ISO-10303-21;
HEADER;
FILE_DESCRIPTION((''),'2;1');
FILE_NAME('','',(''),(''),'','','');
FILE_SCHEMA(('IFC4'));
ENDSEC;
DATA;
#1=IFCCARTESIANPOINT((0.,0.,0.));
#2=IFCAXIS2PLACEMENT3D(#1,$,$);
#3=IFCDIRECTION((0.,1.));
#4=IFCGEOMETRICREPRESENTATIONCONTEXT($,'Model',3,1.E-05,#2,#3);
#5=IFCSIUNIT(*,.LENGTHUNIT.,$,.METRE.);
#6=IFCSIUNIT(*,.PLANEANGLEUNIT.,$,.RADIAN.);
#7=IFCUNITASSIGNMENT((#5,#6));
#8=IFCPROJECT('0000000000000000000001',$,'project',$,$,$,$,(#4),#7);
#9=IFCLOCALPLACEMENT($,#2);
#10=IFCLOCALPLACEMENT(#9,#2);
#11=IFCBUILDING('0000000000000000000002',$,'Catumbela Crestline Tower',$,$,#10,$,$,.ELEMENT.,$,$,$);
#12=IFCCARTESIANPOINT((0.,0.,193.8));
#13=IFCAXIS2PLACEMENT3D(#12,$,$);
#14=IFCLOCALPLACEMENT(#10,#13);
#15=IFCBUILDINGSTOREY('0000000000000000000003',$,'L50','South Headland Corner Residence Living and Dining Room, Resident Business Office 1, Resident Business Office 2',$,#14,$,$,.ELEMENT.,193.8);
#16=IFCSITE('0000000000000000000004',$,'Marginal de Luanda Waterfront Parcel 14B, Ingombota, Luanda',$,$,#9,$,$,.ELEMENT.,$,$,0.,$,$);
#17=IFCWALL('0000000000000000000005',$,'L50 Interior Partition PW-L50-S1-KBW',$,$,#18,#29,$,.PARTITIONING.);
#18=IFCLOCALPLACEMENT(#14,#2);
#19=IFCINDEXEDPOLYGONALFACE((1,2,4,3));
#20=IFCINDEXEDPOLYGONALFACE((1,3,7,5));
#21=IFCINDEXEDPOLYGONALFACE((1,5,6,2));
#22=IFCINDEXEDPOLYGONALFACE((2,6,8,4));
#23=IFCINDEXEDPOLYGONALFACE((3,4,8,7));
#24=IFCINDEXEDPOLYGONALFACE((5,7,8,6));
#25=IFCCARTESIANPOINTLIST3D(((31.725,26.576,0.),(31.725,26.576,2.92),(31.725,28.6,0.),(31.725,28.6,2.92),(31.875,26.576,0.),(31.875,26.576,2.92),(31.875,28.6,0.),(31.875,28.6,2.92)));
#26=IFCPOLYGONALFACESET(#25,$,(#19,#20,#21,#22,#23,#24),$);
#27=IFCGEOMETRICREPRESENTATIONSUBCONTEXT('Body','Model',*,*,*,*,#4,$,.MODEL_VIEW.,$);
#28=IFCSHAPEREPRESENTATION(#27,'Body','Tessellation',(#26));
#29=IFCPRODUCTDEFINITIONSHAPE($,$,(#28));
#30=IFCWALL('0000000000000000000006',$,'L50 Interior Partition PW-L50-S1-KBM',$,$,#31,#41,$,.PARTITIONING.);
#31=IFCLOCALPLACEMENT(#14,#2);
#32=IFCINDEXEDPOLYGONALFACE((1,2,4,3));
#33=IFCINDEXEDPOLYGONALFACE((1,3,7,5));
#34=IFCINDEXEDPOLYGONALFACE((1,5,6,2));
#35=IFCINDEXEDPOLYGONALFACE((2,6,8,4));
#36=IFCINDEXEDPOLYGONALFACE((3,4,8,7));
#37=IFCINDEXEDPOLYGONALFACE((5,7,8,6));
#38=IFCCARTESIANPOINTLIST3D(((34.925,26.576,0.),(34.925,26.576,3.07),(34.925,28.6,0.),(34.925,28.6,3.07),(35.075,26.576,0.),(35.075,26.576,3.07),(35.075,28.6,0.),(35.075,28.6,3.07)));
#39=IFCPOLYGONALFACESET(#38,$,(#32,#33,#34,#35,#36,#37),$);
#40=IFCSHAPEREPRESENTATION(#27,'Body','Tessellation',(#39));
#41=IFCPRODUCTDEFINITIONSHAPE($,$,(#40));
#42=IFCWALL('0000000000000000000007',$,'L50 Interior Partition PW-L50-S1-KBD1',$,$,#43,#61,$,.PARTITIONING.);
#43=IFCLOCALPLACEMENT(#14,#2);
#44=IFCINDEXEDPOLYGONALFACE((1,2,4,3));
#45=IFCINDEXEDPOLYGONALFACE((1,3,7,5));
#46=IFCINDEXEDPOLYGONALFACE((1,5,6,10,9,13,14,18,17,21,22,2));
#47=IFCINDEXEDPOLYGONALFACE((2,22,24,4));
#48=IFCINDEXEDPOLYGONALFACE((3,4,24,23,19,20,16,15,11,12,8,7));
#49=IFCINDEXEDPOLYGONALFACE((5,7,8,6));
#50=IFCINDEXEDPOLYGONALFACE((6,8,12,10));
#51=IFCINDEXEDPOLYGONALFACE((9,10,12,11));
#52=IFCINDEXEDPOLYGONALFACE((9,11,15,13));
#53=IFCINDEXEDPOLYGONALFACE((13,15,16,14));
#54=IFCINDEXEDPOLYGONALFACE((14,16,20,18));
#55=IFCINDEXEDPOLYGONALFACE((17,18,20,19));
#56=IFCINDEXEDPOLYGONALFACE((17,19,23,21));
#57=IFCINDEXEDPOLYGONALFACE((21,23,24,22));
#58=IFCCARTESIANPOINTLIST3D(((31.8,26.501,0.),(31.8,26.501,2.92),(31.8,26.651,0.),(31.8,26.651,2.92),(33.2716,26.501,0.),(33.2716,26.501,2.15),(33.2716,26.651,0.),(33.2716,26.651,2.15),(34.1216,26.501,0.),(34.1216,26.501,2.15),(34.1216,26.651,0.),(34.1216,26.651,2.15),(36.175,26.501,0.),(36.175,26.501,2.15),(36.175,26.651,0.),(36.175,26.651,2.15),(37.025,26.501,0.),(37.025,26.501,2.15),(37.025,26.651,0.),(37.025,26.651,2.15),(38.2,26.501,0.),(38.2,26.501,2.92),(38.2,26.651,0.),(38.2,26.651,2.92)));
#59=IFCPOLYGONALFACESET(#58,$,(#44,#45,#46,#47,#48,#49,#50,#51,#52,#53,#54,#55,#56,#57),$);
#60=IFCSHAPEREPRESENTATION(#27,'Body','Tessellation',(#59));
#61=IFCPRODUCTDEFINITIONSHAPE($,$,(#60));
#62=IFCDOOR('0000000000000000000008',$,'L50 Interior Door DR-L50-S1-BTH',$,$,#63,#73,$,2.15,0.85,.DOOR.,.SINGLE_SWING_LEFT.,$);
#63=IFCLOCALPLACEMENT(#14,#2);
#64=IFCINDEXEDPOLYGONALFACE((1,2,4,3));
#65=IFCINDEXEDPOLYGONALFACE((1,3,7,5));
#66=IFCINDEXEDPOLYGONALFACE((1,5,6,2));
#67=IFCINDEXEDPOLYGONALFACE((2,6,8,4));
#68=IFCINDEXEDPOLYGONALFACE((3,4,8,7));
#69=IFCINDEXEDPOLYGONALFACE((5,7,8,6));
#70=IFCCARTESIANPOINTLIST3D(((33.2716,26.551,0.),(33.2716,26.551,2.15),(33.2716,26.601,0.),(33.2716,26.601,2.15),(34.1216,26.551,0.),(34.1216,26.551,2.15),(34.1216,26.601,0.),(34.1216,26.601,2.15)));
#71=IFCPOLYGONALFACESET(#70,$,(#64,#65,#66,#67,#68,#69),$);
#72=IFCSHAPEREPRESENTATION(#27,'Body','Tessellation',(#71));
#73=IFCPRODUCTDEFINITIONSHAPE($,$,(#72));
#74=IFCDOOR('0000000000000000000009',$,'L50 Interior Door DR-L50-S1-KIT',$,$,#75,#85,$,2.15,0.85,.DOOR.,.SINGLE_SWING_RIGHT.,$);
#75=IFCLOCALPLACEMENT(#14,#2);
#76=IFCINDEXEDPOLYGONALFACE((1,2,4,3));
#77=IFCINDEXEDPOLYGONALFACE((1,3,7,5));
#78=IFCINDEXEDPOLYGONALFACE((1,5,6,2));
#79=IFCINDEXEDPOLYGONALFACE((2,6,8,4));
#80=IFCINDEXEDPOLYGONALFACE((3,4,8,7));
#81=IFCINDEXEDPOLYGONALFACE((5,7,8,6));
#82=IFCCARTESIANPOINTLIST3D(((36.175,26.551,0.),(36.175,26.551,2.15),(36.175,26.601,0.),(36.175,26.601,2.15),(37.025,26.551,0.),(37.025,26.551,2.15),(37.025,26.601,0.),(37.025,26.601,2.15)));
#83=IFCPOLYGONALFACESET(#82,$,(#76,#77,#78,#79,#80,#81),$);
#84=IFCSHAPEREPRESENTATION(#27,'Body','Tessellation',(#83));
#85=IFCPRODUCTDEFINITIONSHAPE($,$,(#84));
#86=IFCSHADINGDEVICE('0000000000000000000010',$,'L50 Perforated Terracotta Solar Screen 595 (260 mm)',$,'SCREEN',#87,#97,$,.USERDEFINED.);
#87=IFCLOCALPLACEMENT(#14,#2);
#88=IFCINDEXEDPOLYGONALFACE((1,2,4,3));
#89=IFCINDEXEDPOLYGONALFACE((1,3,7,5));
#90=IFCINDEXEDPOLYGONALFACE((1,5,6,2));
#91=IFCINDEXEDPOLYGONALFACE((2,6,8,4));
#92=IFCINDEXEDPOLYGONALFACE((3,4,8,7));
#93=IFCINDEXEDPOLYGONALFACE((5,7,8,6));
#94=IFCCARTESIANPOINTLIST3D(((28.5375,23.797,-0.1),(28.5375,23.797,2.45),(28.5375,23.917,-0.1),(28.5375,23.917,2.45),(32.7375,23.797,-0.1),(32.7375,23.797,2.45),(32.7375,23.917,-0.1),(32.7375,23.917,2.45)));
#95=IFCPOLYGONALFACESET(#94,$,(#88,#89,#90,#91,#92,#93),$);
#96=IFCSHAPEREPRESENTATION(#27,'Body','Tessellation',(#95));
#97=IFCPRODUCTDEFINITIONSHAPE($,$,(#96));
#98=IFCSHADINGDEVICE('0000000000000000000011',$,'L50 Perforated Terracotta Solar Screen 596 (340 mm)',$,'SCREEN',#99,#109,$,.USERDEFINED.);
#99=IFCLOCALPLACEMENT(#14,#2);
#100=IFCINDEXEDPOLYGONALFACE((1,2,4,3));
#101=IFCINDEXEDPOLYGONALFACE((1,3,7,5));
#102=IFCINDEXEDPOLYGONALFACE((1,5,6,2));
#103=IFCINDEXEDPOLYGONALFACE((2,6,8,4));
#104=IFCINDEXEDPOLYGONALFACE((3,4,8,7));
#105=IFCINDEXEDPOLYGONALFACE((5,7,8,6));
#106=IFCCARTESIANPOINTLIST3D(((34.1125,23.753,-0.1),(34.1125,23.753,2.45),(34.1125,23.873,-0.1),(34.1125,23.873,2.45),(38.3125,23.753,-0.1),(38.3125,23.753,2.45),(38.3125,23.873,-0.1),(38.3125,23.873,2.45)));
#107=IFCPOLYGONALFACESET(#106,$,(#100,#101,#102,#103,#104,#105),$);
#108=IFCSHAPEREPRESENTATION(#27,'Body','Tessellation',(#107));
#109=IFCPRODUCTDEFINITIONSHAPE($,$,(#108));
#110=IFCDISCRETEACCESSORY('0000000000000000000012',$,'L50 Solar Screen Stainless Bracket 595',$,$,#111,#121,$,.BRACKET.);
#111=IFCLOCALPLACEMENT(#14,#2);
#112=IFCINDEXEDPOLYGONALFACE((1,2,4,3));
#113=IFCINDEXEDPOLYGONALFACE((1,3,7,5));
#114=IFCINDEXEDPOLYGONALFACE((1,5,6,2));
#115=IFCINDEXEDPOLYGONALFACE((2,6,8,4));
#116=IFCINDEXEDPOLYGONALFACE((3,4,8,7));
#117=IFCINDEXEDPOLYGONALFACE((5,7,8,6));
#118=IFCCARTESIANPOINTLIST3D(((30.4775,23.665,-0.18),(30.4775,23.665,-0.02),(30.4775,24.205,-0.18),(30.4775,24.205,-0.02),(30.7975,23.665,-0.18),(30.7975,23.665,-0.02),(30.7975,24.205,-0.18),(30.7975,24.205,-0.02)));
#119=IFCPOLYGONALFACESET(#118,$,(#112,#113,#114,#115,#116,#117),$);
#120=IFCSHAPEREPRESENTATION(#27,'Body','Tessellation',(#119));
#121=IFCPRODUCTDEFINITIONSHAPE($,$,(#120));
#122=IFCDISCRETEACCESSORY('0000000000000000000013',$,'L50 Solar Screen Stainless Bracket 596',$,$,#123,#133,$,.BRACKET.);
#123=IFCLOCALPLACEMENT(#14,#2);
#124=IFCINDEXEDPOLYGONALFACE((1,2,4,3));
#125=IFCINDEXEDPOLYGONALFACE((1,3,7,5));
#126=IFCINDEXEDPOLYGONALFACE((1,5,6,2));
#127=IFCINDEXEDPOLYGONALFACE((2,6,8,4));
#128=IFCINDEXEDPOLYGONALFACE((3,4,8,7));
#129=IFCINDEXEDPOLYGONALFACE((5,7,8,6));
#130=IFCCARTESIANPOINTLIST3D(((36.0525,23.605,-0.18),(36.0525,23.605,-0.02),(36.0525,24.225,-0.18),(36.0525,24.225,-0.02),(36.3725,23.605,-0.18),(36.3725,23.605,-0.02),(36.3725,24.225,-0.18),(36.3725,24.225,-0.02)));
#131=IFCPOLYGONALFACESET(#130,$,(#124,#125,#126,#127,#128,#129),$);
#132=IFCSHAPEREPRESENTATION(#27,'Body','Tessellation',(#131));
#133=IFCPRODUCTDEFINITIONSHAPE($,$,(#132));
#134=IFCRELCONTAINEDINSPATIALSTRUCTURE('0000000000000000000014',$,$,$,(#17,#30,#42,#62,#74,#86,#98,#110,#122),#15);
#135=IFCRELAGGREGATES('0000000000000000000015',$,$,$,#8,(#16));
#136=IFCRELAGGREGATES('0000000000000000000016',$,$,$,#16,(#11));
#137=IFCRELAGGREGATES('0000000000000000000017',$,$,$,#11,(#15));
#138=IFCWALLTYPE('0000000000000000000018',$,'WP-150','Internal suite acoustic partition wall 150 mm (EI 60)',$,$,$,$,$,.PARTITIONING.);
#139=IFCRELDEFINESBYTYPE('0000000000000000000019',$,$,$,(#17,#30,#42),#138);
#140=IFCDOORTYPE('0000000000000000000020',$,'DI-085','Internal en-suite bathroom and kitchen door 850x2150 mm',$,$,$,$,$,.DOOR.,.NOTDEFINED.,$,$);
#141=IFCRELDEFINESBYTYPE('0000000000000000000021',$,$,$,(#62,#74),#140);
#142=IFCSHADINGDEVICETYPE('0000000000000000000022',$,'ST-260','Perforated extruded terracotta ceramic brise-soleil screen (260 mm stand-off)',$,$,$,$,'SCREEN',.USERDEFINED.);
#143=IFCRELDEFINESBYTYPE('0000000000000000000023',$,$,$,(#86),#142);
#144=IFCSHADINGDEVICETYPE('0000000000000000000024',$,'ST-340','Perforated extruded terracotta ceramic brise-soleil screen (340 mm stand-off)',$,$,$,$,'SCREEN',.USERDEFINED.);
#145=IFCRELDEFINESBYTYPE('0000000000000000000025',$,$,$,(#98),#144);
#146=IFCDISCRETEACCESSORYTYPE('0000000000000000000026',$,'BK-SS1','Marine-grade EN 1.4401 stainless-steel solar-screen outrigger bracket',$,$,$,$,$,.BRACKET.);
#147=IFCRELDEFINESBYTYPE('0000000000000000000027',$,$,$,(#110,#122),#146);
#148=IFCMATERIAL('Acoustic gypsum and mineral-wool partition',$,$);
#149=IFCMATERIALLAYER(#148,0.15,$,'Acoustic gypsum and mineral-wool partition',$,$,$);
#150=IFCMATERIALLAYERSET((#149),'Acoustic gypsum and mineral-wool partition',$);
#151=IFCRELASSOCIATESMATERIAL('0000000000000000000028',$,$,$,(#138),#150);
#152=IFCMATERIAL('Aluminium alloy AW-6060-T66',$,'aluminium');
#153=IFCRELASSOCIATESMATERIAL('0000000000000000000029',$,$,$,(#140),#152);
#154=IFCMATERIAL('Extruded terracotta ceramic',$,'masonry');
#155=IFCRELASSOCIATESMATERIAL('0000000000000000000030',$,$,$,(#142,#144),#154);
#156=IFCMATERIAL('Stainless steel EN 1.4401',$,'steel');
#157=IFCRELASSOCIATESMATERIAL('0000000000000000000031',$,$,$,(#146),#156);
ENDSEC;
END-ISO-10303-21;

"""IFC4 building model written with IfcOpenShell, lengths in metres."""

from ifc_helpers import new_model, si_unit, direction, frame, frame_2d, origin, origin_2d, place, context, subcontext, project, spatial, rectangle, extrude, material, layer, layer_set, type_object, element, fill, save


model = new_model("IFC4")

# Units and contexts
model_context = context("Model", 3, precision=1e-05, world=origin(), true_north=direction((0.0, 1.0)))
body_context = subcontext(model_context, "Body", "Model", "MODEL_VIEW")
ifc_project = project(units=[si_unit("LENGTHUNIT", "METRE"), si_unit("PLANEANGLEUNIT", "RADIAN")], contexts=[model_context])

# Site, building, storey
site_placement = place(None, origin())
site = spatial("IfcSite", under=ifc_project, at=site_placement, Name="Marginal de Luanda Waterfront Parcel 14B, Ingombota, Luanda", CompositionType="ELEMENT", RefElevation=0.0)
building_placement = place(site_placement, origin())
building = spatial("IfcBuilding", under=site, at=building_placement, Name="Catumbela Crestline Tower", CompositionType="ELEMENT")
storey_placement = place(building_placement, frame((0.0, 0.0, 193.8)))
storey = spatial("IfcBuildingStorey", under=building, at=storey_placement, Name="L50", Description="South Headland Corner Residence Living and Dining Room, Resident Business Office 1, Resident Business Office 2", CompositionType="ELEMENT", Elevation=193.8)

# Shared definitions
ifc_material_1 = material(Name="Aluminium alloy AW-6060-T66", Category="aluminium")

# Walls
ifc_material_2 = material(Name="Acoustic gypsum and mineral-wool partition")
ifc_layer_1 = layer(ifc_material_2, 0.15, Name="Acoustic gypsum and mineral-wool partition")
ifc_layer_set_1 = layer_set([ifc_layer_1], Name="Acoustic gypsum and mineral-wool partition")
wall_type = type_object("IfcWallType", Name="WP-150", Description="Internal suite acoustic partition wall 150 mm (EI 60)", PredefinedType="PARTITIONING", material=ifc_layer_set_1)
wall_1_placement = place(storey_placement, frame((31.8, 26.576, 0.0), z_axis=(0.0, 0.0, 1.0), x_axis=(0.0, 1.0, 0.0)))
element("IfcWall", 1, at=wall_1_placement, inside=storey, type_object=wall_type, Name="L50 Interior Partition PW-L50-S1-KBW", PredefinedType="PARTITIONING", context=body_context, shape_type="SweptSolid", body=[
    extrude(rectangle(XDim=2.024, YDim=0.15, at=frame_2d((1.012, 0.0))), origin(), (0.0, 0.0, 1.0), 2.92),
])
wall_2_placement = place(storey_placement, frame((35.0, 26.576, 0.0), z_axis=(0.0, 0.0, 1.0), x_axis=(0.0, 1.0, 0.0)))
element("IfcWall", 2, at=wall_2_placement, inside=storey, type_object=wall_type, Name="L50 Interior Partition PW-L50-S1-KBM", PredefinedType="PARTITIONING", context=body_context, shape_type="SweptSolid", body=[
    extrude(rectangle(XDim=2.024, YDim=0.15, at=frame_2d((1.012, 0.0))), origin(), (0.0, 0.0, 1.0), 3.07),
])

# Wall, openings, doors
wall_3_placement = place(storey_placement, frame((31.8, 26.576, 0.0), z_axis=(0.0, 0.0, 1.0), x_axis=(1.0, 0.0, 0.0)))
wall_3 = element("IfcWall", 3, at=wall_3_placement, inside=storey, type_object=wall_type, Name="L50 Interior Partition PW-L50-S1-KBD1", PredefinedType="PARTITIONING", context=body_context, shape_type="SweptSolid", body=[
    extrude(rectangle(XDim=6.4, YDim=0.15, at=frame_2d((3.2, 0.0))), origin(), (0.0, 0.0, 1.0), 2.92),
])
opening_1_placement = place(wall_3_placement, frame((1.4716, 0.0, 0.0)))
opening_1 = element("IfcOpeningElement", 4, at=opening_1_placement, cuts=wall_3, PredefinedType="OPENING", context=body_context, shape_type="SweptSolid", body=[
    extrude(rectangle(XDim=0.85, YDim=2.15, at=frame_2d((0.425, 1.075))), frame((0.0, 0.085, 0.0), z_axis=(0.0, -1.0, 0.0), x_axis=(1.0, 0.0, 0.0)), (0.0, 0.0, 1.0), 0.17),
])
opening_2_placement = place(wall_3_placement, frame((4.375, 0.0, 0.0)))
opening_2 = element("IfcOpeningElement", 5, at=opening_2_placement, cuts=wall_3, PredefinedType="OPENING", context=body_context, shape_type="SweptSolid", body=[
    extrude(rectangle(XDim=0.85, YDim=2.15, at=frame_2d((0.425, 1.075))), frame((0.0, 0.085, 0.0), z_axis=(0.0, -1.0, 0.0), x_axis=(1.0, 0.0, 0.0)), (0.0, 0.0, 1.0), 0.17),
])
door_type = type_object("IfcDoorType", Name="DI-085", Description="Internal en-suite bathroom and kitchen door 850x2150 mm", OperationType="NOTDEFINED", PredefinedType="DOOR", material=ifc_material_1)
door_1_placement = place(opening_1_placement, origin())
door_1 = element("IfcDoor", 6, at=door_1_placement, inside=storey, type_object=door_type, Name="L50 Interior Door DR-L50-S1-BTH", OperationType="SINGLE_SWING_LEFT", OverallHeight=2.15, OverallWidth=0.85, PredefinedType="DOOR", context=body_context, shape_type="SweptSolid", body=[
    extrude(rectangle(XDim=0.85, YDim=2.15, at=frame_2d((0.425, 1.075))), frame((0.0, 0.025, 0.0), z_axis=(0.0, -1.0, 0.0), x_axis=(1.0, 0.0, 0.0)), (0.0, 0.0, 1.0), 0.05),
])
fill(opening_1, door_1)
door_2_placement = place(opening_2_placement, origin())
door_2 = element("IfcDoor", 7, at=door_2_placement, inside=storey, type_object=door_type, Name="L50 Interior Door DR-L50-S1-KIT", OperationType="SINGLE_SWING_RIGHT", OverallHeight=2.15, OverallWidth=0.85, PredefinedType="DOOR", context=body_context, shape_type="SweptSolid", body=[
    extrude(rectangle(XDim=0.85, YDim=2.15, at=frame_2d((0.425, 1.075))), frame((0.0, 0.025, 0.0), z_axis=(0.0, -1.0, 0.0), x_axis=(1.0, 0.0, 0.0)), (0.0, 0.0, 1.0), 0.05),
])
fill(opening_2, door_2)

# Shading devices
ifc_material_3 = material(Name="Extruded terracotta ceramic", Category="masonry")
shading_device_type_1 = type_object("IfcShadingDeviceType", Name="ST-260", Description="Perforated extruded terracotta ceramic brise-soleil screen (260 mm stand-off)", ElementType="SCREEN", PredefinedType="USERDEFINED", material=ifc_material_3)
shading_device_1_placement = place(storey_placement, frame((30.6375, 23.857, -0.1), z_axis=(0.0, 0.0, 1.0), x_axis=(1.0, 0.0, 0.0)))
element("IfcShadingDevice", 8, at=shading_device_1_placement, inside=storey, type_object=shading_device_type_1, Name="L50 Perforated Terracotta Solar Screen 595 (260 mm)", ObjectType="SCREEN", PredefinedType="USERDEFINED", context=body_context, shape_type="SweptSolid", body=[
    extrude(rectangle(XDim=4.2, YDim=0.12, at=origin_2d()), origin(), (0.0, 0.0, 1.0), 2.55),
])
shading_device_type_2 = type_object("IfcShadingDeviceType", Name="ST-340", Description="Perforated extruded terracotta ceramic brise-soleil screen (340 mm stand-off)", ElementType="SCREEN", PredefinedType="USERDEFINED", material=ifc_material_3)
shading_device_2_placement = place(storey_placement, frame((36.2125, 23.813, -0.1), z_axis=(0.0, 0.0, 1.0), x_axis=(1.0, 0.0, 0.0)))
element("IfcShadingDevice", 9, at=shading_device_2_placement, inside=storey, type_object=shading_device_type_2, Name="L50 Perforated Terracotta Solar Screen 596 (340 mm)", ObjectType="SCREEN", PredefinedType="USERDEFINED", context=body_context, shape_type="SweptSolid", body=[
    extrude(rectangle(XDim=4.2, YDim=0.12, at=origin_2d()), origin(), (0.0, 0.0, 1.0), 2.55),
])

# Discrete accessories
ifc_material_4 = material(Name="Stainless steel EN 1.4401", Category="steel")
discrete_accessory_type = type_object("IfcDiscreteAccessoryType", Name="BK-SS1", Description="Marine-grade EN 1.4401 stainless-steel solar-screen outrigger bracket", PredefinedType="BRACKET", material=ifc_material_4)
discrete_accessory_1_placement = place(storey_placement, frame((30.6375, 23.935, -0.18), z_axis=(0.0, 0.0, 1.0), x_axis=(1.0, 0.0, 0.0)))
element("IfcDiscreteAccessory", 10, at=discrete_accessory_1_placement, inside=storey, type_object=discrete_accessory_type, Name="L50 Solar Screen Stainless Bracket 595", PredefinedType="BRACKET", context=body_context, shape_type="SweptSolid", body=[
    extrude(rectangle(XDim=0.32, YDim=0.54, at=origin_2d()), origin(), (0.0, 0.0, 1.0), 0.16),
])
discrete_accessory_2_placement = place(storey_placement, frame((36.2125, 23.915, -0.18), z_axis=(0.0, 0.0, 1.0), x_axis=(1.0, 0.0, 0.0)))
element("IfcDiscreteAccessory", 11, at=discrete_accessory_2_placement, inside=storey, type_object=discrete_accessory_type, Name="L50 Solar Screen Stainless Bracket 596", PredefinedType="BRACKET", context=body_context, shape_type="SweptSolid", body=[
    extrude(rectangle(XDim=0.32, YDim=0.62, at=origin_2d()), origin(), (0.0, 0.0, 1.0), 0.16),
])

save(model, "model.ifc")
